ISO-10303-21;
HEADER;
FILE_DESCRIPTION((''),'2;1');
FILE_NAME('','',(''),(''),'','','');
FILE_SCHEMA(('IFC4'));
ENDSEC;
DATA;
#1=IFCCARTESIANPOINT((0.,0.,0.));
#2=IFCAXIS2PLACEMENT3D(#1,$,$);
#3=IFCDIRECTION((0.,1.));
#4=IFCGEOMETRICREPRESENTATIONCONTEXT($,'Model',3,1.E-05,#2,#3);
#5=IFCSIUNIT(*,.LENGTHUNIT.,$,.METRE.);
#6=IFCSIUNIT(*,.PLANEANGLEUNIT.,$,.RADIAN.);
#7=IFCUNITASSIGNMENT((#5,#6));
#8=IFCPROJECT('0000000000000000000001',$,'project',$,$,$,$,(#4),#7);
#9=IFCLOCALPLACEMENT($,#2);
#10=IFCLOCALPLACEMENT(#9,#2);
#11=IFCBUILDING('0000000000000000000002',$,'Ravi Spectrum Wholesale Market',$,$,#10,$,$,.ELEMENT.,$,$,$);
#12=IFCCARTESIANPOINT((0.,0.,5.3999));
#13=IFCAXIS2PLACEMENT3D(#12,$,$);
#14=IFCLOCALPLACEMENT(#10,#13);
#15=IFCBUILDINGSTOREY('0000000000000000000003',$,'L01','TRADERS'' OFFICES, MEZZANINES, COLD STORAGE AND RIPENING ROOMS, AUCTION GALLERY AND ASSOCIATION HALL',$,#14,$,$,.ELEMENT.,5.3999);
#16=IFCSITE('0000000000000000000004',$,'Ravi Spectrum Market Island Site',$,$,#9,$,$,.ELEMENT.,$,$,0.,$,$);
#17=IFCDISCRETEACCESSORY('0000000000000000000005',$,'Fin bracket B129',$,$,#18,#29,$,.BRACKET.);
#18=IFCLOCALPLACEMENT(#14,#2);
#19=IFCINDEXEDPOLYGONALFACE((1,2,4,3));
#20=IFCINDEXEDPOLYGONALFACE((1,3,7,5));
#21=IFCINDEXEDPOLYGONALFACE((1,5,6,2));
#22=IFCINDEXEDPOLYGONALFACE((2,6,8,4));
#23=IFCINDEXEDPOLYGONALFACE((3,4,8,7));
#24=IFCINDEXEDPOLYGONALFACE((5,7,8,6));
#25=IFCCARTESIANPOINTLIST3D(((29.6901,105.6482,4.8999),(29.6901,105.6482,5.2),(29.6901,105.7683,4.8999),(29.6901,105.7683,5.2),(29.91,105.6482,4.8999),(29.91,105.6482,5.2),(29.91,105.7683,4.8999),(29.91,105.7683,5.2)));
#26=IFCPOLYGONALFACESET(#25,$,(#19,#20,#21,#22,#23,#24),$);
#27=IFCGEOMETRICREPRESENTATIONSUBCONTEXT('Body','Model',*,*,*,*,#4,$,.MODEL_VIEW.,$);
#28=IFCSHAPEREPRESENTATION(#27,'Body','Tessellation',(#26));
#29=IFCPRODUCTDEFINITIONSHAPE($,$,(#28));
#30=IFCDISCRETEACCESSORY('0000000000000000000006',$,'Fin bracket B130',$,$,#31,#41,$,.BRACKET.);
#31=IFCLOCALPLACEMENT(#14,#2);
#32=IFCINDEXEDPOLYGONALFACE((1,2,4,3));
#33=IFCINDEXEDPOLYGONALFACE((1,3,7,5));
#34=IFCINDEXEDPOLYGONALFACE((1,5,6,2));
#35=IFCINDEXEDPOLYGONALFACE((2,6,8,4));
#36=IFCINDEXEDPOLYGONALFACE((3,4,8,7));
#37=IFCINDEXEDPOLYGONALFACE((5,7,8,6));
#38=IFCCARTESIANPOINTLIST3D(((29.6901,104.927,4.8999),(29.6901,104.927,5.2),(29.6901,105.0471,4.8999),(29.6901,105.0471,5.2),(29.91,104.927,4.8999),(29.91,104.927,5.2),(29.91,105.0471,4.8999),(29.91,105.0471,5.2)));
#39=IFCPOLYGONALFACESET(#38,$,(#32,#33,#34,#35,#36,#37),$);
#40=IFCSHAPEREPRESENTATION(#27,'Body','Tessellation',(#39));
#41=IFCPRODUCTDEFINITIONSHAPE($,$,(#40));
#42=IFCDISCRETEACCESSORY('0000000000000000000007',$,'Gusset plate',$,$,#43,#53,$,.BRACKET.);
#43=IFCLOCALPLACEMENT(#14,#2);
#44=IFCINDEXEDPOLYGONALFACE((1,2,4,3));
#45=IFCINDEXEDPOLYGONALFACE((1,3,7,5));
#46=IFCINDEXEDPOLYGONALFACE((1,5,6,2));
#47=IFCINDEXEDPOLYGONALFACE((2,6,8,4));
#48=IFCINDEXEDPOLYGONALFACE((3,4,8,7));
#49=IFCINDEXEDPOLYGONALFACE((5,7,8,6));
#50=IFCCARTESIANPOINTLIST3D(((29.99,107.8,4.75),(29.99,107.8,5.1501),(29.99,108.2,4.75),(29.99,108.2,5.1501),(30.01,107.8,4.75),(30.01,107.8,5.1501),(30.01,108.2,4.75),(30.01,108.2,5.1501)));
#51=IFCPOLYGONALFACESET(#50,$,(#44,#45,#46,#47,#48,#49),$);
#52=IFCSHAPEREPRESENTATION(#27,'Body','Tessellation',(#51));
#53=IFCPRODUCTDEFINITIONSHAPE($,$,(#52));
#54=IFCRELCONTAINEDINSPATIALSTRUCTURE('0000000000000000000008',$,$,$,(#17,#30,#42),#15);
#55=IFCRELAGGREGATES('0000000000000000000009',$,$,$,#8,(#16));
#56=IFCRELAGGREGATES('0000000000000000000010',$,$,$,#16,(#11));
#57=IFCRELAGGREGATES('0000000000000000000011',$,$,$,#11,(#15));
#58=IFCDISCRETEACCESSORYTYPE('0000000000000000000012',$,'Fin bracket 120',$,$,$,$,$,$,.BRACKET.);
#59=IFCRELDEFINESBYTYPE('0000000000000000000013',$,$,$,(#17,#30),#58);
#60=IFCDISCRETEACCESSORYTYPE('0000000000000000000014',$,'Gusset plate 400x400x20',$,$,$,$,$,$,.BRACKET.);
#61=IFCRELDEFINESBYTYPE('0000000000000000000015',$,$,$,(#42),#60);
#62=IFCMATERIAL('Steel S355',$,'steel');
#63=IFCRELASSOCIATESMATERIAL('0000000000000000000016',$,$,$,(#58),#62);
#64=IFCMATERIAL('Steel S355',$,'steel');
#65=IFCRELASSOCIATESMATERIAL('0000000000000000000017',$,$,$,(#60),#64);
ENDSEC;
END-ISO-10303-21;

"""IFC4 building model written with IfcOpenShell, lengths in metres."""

from ifc_helpers import new_model, si_unit, direction, frame, origin, origin_2d, place, context, subcontext, project, spatial, rectangle, extrude, material, material_profile, profile_set, type_object, element, save


model = new_model("IFC4")

# Units and contexts
model_context = context("Model", 3, precision=1e-05, world=origin(), true_north=direction((0.0, 1.0)))
body_context = subcontext(model_context, "Body", "Model", "MODEL_VIEW")
ifc_project = project(units=[si_unit("LENGTHUNIT", "METRE"), si_unit("PLANEANGLEUNIT", "RADIAN")], contexts=[model_context])

# Site, building, storey
site_placement = place(None, origin())
site = spatial("IfcSite", under=ifc_project, at=site_placement, Name="Ravi Spectrum Market Island Site", CompositionType="ELEMENT", RefElevation=0.0)
building_placement = place(site_placement, origin())
building = spatial("IfcBuilding", under=site, at=building_placement, Name="Ravi Spectrum Wholesale Market", CompositionType="ELEMENT")
storey_placement = place(building_placement, frame((0.0, 0.0, 5.3999)))
storey = spatial("IfcBuildingStorey", under=building, at=storey_placement, Name="L01", Description="TRADERS' OFFICES, MEZZANINES, COLD STORAGE AND RIPENING ROOMS, AUCTION GALLERY AND ASSOCIATION HALL", CompositionType="ELEMENT", Elevation=5.3999)

# Discrete accessories
ifc_material_1 = material(Name="Steel S355", Category="steel")
discrete_accessory_type_1 = type_object("IfcDiscreteAccessoryType", Name="Fin bracket 120", PredefinedType="BRACKET", material=ifc_material_1)
for number, where, z_axis, x_axis, name in (
    (1, (29.8, 105.7083, 4.8999), (0.0, 0.0, 1.0), (0.0, -1.0, 0.0), "Fin bracket B129"),
    (2, (29.8, 104.9871, 4.8999), (0.0, 0.0, 1.0), (0.0, -1.0, 0.0), "Fin bracket B130"),
):
    element("IfcDiscreteAccessory", number, at=place(storey_placement, frame(where, z_axis=z_axis, x_axis=x_axis)), inside=storey, type_object=discrete_accessory_type_1, Name=name, PredefinedType="BRACKET", context=body_context, shape_type="SweptSolid", body=[
        extrude(rectangle(XDim=0.1201, YDim=0.22, at=origin_2d()), origin(), (0.0, 0.0, 1.0), 0.3),
    ])
ifc_material_2 = material(Name="Steel S355", Category="steel")
ifc_material_profile = material_profile(ifc_material_2, rectangle(XDim=0.3999, YDim=0.02, at=origin_2d()))
ifc_profile_set = profile_set([ifc_material_profile], Name="Steel S355")
discrete_accessory_type_2 = type_object("IfcDiscreteAccessoryType", Name="Gusset plate 400x400x20", PredefinedType="BRACKET", material=ifc_profile_set)
discrete_accessory_placement = place(storey_placement, frame((30.0, 108.0, 4.75), z_axis=(0.0, 0.0, 1.0), x_axis=(0.0, 1.0, 0.0)))
element("IfcDiscreteAccessory", 3, at=discrete_accessory_placement, inside=storey, type_object=discrete_accessory_type_2, Name="Gusset plate", PredefinedType="BRACKET", context=body_context, shape_type="SweptSolid", body=[
    extrude(rectangle(XDim=0.3999, YDim=0.02, at=origin_2d()), origin(), (0.0, 0.0, 1.0), 0.4001),
])

save(model, "model.ifc")
